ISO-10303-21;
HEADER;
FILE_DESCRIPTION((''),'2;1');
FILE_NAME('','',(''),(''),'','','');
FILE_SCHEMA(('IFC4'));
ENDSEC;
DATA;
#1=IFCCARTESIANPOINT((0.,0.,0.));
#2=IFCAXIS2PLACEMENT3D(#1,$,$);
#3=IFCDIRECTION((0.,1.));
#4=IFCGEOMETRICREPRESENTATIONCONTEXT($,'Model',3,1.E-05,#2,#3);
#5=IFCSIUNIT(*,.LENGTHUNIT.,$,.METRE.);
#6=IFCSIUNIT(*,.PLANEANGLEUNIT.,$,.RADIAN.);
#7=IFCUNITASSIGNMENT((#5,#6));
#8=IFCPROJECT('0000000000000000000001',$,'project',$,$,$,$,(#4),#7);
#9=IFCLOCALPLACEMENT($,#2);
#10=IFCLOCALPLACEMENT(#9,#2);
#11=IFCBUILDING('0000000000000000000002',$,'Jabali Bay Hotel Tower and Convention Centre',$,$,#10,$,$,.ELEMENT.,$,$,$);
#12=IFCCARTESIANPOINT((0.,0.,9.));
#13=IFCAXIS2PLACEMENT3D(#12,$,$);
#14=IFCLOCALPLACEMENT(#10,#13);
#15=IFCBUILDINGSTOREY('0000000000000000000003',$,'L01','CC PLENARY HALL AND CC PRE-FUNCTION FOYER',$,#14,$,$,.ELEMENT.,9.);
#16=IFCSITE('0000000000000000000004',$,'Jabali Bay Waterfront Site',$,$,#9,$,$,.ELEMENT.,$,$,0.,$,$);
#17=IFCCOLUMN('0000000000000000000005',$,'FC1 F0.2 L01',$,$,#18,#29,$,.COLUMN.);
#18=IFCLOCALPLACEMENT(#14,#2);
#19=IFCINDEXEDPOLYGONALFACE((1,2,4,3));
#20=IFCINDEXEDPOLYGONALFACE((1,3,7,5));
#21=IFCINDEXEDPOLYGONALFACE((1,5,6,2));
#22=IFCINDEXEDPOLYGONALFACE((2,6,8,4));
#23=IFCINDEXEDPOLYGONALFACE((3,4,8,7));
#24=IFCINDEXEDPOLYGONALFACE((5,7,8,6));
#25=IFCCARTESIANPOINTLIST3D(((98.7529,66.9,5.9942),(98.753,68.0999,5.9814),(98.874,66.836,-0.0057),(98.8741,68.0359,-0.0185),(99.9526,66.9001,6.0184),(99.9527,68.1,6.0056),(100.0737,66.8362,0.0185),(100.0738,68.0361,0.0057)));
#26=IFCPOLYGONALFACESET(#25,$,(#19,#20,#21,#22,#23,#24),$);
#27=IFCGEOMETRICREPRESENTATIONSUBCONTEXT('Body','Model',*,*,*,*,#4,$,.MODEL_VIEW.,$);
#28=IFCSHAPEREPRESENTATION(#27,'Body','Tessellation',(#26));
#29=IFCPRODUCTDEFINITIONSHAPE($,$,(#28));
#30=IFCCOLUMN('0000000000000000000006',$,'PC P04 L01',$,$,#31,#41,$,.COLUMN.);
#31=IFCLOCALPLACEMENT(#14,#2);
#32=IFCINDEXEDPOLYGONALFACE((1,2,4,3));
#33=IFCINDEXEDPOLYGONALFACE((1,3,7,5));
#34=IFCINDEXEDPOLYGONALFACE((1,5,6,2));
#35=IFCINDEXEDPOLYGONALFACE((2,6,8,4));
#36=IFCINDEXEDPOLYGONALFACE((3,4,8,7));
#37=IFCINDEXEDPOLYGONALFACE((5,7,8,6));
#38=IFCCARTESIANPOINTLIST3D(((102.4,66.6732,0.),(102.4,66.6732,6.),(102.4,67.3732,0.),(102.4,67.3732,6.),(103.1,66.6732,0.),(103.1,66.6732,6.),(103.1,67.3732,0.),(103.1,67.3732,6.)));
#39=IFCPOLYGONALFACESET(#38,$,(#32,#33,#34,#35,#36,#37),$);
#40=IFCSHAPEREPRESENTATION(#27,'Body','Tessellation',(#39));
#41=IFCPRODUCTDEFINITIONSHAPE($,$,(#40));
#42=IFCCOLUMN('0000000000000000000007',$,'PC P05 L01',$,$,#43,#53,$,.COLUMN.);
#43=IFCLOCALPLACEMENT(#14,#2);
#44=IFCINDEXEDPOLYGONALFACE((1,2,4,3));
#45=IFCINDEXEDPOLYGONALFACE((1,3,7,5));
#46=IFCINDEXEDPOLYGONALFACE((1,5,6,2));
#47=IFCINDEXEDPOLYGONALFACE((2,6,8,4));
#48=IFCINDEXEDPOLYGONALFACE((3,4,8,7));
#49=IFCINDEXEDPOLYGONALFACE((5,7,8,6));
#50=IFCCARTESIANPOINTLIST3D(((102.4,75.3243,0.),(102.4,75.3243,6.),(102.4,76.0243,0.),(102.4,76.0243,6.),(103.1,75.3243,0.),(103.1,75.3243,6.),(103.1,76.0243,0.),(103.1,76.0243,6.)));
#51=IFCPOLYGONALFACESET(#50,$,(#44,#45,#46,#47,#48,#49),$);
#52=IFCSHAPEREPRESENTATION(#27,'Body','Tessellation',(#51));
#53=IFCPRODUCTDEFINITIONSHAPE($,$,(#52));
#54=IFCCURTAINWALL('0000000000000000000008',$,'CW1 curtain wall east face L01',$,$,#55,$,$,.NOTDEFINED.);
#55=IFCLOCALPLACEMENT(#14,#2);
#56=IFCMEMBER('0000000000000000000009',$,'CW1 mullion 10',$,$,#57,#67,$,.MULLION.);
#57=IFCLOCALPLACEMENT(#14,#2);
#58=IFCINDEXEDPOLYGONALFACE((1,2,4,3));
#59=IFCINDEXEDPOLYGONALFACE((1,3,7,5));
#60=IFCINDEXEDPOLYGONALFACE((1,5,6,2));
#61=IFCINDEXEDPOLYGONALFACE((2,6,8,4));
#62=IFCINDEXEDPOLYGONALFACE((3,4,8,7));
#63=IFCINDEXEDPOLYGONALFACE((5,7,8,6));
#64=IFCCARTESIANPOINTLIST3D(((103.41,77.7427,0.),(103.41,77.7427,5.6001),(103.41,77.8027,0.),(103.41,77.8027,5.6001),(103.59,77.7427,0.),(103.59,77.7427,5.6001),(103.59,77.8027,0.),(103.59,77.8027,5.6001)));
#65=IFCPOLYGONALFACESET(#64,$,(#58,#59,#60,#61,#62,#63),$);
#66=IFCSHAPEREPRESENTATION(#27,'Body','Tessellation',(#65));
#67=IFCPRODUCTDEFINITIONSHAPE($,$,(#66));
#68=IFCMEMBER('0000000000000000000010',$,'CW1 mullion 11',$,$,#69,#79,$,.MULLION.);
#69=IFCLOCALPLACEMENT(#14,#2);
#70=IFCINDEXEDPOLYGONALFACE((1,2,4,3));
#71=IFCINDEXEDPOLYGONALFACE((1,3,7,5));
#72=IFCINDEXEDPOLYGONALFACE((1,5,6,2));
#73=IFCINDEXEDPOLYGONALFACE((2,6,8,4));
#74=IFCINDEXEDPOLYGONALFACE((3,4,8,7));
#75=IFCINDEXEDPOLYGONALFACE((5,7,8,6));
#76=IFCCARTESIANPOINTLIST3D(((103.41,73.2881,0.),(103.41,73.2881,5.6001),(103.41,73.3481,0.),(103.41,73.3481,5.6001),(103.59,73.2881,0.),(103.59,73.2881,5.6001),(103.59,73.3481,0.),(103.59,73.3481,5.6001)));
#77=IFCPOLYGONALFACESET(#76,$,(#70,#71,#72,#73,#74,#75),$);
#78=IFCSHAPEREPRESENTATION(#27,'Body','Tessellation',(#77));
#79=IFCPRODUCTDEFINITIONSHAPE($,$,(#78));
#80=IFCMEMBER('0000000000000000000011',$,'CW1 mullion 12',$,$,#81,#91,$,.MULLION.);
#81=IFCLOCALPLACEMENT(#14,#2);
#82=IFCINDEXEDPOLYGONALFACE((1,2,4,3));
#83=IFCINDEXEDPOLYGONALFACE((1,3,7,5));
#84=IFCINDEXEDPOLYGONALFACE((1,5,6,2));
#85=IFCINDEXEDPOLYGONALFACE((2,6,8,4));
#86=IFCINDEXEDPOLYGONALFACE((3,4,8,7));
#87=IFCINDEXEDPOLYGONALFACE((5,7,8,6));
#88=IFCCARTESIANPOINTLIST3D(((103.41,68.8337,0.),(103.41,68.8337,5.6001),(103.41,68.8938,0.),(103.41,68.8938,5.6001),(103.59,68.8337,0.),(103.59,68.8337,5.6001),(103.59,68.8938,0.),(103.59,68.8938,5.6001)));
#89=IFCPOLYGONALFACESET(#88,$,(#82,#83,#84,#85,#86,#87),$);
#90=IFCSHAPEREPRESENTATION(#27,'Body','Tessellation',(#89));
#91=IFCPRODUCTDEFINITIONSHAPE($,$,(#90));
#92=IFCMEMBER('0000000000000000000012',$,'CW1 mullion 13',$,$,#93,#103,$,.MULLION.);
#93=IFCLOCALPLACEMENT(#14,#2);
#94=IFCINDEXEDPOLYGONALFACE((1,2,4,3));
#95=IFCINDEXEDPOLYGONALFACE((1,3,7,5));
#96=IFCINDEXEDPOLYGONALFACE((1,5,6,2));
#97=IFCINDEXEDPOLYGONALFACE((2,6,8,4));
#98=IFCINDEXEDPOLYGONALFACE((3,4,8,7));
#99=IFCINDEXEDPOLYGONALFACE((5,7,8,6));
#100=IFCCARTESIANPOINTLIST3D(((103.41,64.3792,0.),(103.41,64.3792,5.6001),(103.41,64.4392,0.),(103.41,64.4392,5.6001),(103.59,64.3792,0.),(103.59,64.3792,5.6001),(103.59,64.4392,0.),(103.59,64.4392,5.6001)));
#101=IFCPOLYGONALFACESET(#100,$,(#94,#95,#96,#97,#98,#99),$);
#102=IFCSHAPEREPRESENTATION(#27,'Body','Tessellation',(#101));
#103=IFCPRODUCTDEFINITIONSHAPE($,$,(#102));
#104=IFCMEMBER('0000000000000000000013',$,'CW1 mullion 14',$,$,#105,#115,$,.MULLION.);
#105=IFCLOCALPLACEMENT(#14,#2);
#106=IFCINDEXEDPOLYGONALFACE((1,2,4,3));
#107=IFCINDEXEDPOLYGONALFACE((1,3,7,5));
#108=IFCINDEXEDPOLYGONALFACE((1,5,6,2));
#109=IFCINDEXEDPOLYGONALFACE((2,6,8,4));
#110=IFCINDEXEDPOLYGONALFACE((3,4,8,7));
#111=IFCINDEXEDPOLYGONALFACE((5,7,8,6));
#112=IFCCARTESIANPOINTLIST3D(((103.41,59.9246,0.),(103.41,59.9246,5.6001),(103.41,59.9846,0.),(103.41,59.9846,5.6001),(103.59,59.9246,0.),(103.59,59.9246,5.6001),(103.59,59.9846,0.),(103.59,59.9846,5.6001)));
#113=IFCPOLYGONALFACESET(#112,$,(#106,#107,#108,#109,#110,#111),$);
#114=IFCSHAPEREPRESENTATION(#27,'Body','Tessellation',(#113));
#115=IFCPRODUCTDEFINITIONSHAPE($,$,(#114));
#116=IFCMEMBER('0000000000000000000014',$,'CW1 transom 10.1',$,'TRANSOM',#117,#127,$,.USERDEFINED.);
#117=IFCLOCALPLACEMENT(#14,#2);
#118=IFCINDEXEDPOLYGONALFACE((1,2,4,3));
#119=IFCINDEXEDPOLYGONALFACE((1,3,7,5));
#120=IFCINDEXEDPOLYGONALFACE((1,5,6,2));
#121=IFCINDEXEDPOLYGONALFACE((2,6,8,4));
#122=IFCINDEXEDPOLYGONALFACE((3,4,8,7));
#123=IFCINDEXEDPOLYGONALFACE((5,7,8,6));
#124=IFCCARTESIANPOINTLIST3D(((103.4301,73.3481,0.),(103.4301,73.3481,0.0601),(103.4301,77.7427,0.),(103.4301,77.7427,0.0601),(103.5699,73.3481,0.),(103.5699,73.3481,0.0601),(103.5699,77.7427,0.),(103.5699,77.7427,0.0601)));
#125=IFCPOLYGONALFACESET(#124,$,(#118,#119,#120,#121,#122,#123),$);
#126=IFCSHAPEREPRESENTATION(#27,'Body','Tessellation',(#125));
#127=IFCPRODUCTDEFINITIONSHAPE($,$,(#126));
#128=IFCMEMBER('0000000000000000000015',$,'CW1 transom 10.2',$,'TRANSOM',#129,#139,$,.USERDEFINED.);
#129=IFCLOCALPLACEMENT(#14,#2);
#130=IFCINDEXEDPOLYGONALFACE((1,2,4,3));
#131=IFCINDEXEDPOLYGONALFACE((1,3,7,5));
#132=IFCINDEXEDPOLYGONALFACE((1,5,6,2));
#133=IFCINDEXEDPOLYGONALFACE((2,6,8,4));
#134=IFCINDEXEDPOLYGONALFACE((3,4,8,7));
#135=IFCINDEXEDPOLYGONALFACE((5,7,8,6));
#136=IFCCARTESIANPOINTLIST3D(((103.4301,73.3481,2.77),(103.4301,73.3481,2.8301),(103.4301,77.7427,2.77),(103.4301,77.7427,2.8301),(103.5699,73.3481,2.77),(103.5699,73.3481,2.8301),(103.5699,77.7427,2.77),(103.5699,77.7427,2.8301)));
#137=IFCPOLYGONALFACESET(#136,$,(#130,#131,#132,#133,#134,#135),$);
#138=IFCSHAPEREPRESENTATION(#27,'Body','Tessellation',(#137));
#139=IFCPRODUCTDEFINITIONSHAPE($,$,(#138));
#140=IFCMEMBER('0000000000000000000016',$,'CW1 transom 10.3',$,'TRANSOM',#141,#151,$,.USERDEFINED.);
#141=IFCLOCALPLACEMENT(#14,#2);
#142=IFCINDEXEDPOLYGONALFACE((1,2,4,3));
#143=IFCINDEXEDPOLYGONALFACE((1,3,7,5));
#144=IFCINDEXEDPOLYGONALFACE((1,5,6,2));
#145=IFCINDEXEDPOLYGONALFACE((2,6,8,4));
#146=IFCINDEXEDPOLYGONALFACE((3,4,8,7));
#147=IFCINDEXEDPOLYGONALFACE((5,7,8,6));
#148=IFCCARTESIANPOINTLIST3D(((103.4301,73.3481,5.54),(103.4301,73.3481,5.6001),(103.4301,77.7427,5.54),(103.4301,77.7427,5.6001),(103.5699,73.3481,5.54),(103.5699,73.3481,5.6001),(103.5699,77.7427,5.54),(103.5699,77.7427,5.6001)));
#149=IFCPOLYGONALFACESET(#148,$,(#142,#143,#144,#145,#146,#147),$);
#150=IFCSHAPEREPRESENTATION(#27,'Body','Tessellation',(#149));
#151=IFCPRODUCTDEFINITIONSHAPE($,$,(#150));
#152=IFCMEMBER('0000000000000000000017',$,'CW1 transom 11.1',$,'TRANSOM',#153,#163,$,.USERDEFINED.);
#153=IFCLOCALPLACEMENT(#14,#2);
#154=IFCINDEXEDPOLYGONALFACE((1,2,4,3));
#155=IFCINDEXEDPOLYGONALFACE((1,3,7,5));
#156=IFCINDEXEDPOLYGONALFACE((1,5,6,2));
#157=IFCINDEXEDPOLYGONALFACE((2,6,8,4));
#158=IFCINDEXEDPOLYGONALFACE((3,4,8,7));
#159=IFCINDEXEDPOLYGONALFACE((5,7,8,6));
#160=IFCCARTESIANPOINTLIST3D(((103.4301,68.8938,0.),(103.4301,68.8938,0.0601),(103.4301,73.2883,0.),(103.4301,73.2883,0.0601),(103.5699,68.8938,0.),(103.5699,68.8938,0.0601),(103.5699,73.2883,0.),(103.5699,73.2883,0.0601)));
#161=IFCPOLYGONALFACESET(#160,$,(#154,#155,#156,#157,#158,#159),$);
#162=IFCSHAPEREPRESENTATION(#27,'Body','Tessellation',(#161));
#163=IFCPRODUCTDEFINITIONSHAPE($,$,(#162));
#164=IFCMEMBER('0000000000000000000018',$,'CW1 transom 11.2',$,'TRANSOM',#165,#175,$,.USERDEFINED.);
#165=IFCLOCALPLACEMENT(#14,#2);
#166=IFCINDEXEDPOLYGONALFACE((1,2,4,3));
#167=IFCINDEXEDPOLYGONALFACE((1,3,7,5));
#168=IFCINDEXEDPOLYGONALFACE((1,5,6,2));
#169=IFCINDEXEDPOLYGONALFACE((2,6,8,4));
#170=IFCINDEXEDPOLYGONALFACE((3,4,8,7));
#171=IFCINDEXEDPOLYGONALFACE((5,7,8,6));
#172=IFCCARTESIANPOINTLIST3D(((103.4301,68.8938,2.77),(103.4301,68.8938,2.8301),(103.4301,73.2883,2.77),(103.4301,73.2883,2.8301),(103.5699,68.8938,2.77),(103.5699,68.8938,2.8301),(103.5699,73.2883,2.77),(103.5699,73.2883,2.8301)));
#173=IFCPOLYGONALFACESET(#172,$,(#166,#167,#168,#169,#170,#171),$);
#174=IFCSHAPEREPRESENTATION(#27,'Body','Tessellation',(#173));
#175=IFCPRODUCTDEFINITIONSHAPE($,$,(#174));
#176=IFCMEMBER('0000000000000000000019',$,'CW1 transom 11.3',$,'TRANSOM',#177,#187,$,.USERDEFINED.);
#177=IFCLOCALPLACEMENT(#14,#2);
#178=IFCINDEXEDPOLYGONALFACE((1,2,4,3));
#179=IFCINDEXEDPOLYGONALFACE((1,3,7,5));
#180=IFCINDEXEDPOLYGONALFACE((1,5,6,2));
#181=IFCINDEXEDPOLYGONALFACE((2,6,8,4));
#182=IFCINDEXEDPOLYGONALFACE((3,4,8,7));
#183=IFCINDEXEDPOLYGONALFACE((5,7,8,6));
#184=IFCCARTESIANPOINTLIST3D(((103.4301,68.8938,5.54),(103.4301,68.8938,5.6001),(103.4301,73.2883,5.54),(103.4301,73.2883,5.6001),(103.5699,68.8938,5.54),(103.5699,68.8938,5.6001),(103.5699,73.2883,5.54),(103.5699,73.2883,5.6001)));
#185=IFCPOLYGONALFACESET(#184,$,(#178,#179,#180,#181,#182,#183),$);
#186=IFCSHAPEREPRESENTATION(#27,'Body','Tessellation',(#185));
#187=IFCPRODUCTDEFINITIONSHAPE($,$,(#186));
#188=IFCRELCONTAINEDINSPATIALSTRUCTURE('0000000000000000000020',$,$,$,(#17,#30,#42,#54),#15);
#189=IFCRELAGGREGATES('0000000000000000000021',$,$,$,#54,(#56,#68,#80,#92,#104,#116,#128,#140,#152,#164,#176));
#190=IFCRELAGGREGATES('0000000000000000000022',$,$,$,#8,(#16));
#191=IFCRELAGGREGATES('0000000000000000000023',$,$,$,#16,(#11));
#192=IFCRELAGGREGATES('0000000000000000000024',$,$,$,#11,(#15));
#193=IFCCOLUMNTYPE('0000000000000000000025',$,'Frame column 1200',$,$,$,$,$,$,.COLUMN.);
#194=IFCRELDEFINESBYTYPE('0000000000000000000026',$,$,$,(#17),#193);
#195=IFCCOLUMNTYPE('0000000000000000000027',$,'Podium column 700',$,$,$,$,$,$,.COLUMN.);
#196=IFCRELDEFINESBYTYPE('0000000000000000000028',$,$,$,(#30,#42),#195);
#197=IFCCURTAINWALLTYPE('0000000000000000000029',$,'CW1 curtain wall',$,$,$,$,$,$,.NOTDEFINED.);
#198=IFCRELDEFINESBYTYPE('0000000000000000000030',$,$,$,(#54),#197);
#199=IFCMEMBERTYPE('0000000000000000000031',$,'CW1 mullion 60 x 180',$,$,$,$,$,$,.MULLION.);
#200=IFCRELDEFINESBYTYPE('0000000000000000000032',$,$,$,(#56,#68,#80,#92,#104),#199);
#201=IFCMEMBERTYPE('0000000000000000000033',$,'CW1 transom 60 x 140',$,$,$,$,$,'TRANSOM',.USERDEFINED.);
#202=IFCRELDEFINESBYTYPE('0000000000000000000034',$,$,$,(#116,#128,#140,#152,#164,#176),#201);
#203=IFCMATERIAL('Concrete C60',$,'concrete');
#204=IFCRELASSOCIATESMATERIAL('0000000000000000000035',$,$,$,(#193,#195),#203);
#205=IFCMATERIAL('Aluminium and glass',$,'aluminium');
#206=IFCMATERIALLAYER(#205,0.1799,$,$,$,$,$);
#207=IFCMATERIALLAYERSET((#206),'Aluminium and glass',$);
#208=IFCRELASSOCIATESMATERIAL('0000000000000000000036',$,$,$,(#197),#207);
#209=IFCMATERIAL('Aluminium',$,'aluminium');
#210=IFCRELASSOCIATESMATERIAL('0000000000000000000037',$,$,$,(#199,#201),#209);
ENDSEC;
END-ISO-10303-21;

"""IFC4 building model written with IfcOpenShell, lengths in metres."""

from ifc_helpers import new_model, si_unit, direction, frame, origin, origin_2d, place, context, subcontext, project, spatial, rectangle, extrude, material, layer, layer_set, material_profile, profile_set, type_object, element, aggregate, save


model = new_model("IFC4")

# Units and contexts
model_context = context("Model", 3, precision=1e-05, world=origin(), true_north=direction((0.0, 1.0)))
body_context = subcontext(model_context, "Body", "Model", "MODEL_VIEW")
ifc_project = project(units=[si_unit("LENGTHUNIT", "METRE"), si_unit("PLANEANGLEUNIT", "RADIAN")], contexts=[model_context])

# Site, building, storey
site_placement = place(None, origin())
site = spatial("IfcSite", under=ifc_project, at=site_placement, Name="Jabali Bay Waterfront Site", CompositionType="ELEMENT", RefElevation=0.0)
building_placement = place(site_placement, origin())
building = spatial("IfcBuilding", under=site, at=building_placement, Name="Jabali Bay Hotel Tower and Convention Centre", CompositionType="ELEMENT")
storey_placement = place(building_placement, frame((0.0, 0.0, 9.0)))
storey = spatial("IfcBuildingStorey", under=building, at=storey_placement, Name="L01", Description="CC PLENARY HALL AND CC PRE-FUNCTION FOYER", CompositionType="ELEMENT", Elevation=9.0)

# Columns
ifc_material_1 = material(Name="Concrete C60", Category="concrete")
ifc_material_profile_1 = material_profile(ifc_material_1, rectangle(XDim=1.2, YDim=1.2, at=origin_2d()), Name="Frame column 1200")
ifc_profile_set_1 = profile_set([ifc_material_profile_1], Name="Concrete C60")
column_type_1 = type_object("IfcColumnType", Name="Frame column 1200", PredefinedType="COLUMN", material=ifc_profile_set_1)
column_placement = place(storey_placement, frame((99.4739, 67.436, 0.0), z_axis=(-0.020177, 0.010658, 0.99974), x_axis=(-0.000089, -0.999943, 0.010658)))
element("IfcColumn", 1, at=column_placement, inside=storey, type_object=column_type_1, Name="FC1 F0.2 L01", PredefinedType="COLUMN", context=body_context, shape_type="SweptSolid", body=[
    extrude(rectangle(XDim=1.2, YDim=1.2, at=origin_2d()), origin(), (0.0, 0.0, 1.0), 6.0015),
])
ifc_material_profile_2 = material_profile(ifc_material_1, rectangle(XDim=0.7, YDim=0.7, at=origin_2d()), Name="Podium column 700")
ifc_profile_set_2 = profile_set([ifc_material_profile_2], Name="Concrete C60")
column_type_2 = type_object("IfcColumnType", Name="Podium column 700", PredefinedType="COLUMN", material=ifc_profile_set_2)
for number, where, z_axis, x_axis, name in (
    (2, (102.75, 67.0232, 0.0), (0.0, 0.0, 1.0), (1.0, 0.0, 0.0), "PC P04 L01"),
    (3, (102.75, 75.6743, 0.0), (0.0, 0.0, 1.0), (1.0, 0.0, 0.0), "PC P05 L01"),
):
    element("IfcColumn", number, at=place(storey_placement, frame(where, z_axis=z_axis, x_axis=x_axis)), inside=storey, type_object=column_type_2, Name=name, PredefinedType="COLUMN", context=body_context, shape_type="SweptSolid", body=[
        extrude(rectangle(XDim=0.7, YDim=0.7, at=origin_2d()), origin(), (0.0, 0.0, 1.0), 6.0),
    ])

# Curtain wall, members
ifc_material_2 = material(Name="Aluminium and glass", Category="aluminium")
ifc_layer_1 = layer(ifc_material_2, 0.1799)
ifc_layer_set_1 = layer_set([ifc_layer_1], Name="Aluminium and glass")
curtain_wall_type = type_object("IfcCurtainWallType", Name="CW1 curtain wall", PredefinedType="NOTDEFINED", material=ifc_layer_set_1)
curtain_wall_placement = place(storey_placement, origin())
curtain_wall = element("IfcCurtainWall", 4, at=curtain_wall_placement, inside=storey, type_object=curtain_wall_type, Name="CW1 curtain wall east face L01", PredefinedType="NOTDEFINED")
ifc_material_3 = material(Name="Aluminium", Category="aluminium")
ifc_material_profile_3 = material_profile(ifc_material_3, rectangle(XDim=0.1799, YDim=0.0601, at=origin_2d()), Name="CW1 mullion 60 x 180")
ifc_profile_set_3 = profile_set([ifc_material_profile_3], Name="Aluminium")
member_type_1 = type_object("IfcMemberType", Name="CW1 mullion 60 x 180", PredefinedType="MULLION", material=ifc_profile_set_3)
member_1_placement = place(storey_placement, frame((103.5, 77.7727, 0.0), z_axis=(0.0, 0.0, 1.0), x_axis=(1.0, 0.0, 0.0)))
member_1 = element("IfcMember", 5, at=member_1_placement, type_object=member_type_1, Name="CW1 mullion 10", PredefinedType="MULLION", context=body_context, shape_type="SweptSolid", body=[
    extrude(rectangle(XDim=0.1799, YDim=0.0601, at=origin_2d()), origin(), (0.0, 0.0, 1.0), 5.6001),
])
member_2_placement = place(storey_placement, frame((103.5, 73.3181, 0.0), z_axis=(0.0, 0.0, 1.0), x_axis=(1.0, 0.0, 0.0)))
member_2 = element("IfcMember", 6, at=member_2_placement, type_object=member_type_1, Name="CW1 mullion 11", PredefinedType="MULLION", context=body_context, shape_type="SweptSolid", body=[
    extrude(rectangle(XDim=0.1799, YDim=0.0601, at=origin_2d()), origin(), (0.0, 0.0, 1.0), 5.6001),
])
member_3_placement = place(storey_placement, frame((103.5, 68.8638, 0.0), z_axis=(0.0, 0.0, 1.0), x_axis=(1.0, 0.0, 0.0)))
member_3 = element("IfcMember", 7, at=member_3_placement, type_object=member_type_1, Name="CW1 mullion 12", PredefinedType="MULLION", context=body_context, shape_type="SweptSolid", body=[
    extrude(rectangle(XDim=0.1799, YDim=0.0601, at=origin_2d()), origin(), (0.0, 0.0, 1.0), 5.6001),
])
member_4_placement = place(storey_placement, frame((103.5, 64.4092, 0.0), z_axis=(0.0, 0.0, 1.0), x_axis=(1.0, 0.0, 0.0)))
member_4 = element("IfcMember", 8, at=member_4_placement, type_object=member_type_1, Name="CW1 mullion 13", PredefinedType="MULLION", context=body_context, shape_type="SweptSolid", body=[
    extrude(rectangle(XDim=0.1799, YDim=0.0601, at=origin_2d()), origin(), (0.0, 0.0, 1.0), 5.6001),
])
member_5_placement = place(storey_placement, frame((103.5, 59.9546, 0.0), z_axis=(0.0, 0.0, 1.0), x_axis=(1.0, 0.0, 0.0)))
member_5 = element("IfcMember", 9, at=member_5_placement, type_object=member_type_1, Name="CW1 mullion 14", PredefinedType="MULLION", context=body_context, shape_type="SweptSolid", body=[
    extrude(rectangle(XDim=0.1799, YDim=0.0601, at=origin_2d()), origin(), (0.0, 0.0, 1.0), 5.6001),
])
ifc_material_profile_4 = material_profile(ifc_material_3, rectangle(XDim=0.1399, YDim=0.0601, at=origin_2d()), Name="CW1 transom 60 x 140")
ifc_profile_set_4 = profile_set([ifc_material_profile_4], Name="Aluminium")
member_type_2 = type_object("IfcMemberType", Name="CW1 transom 60 x 140", ElementType="TRANSOM", PredefinedType="USERDEFINED", material=ifc_profile_set_4)
member_6_placement = place(storey_placement, frame((103.5, 77.7427, 0.03), z_axis=(0.0, -1.0, 0.0), x_axis=(1.0, 0.0, 0.0)))
member_6 = element("IfcMember", 10, at=member_6_placement, type_object=member_type_2, Name="CW1 transom 10.1", ObjectType="TRANSOM", PredefinedType="USERDEFINED", context=body_context, shape_type="SweptSolid", body=[
    extrude(rectangle(XDim=0.1399, YDim=0.0601, at=origin_2d()), origin(), (0.0, 0.0, 1.0), 4.3945),
])
member_7_placement = place(storey_placement, frame((103.5, 77.7427, 2.8), z_axis=(0.0, -1.0, 0.0), x_axis=(1.0, 0.0, 0.0)))
member_7 = element("IfcMember", 11, at=member_7_placement, type_object=member_type_2, Name="CW1 transom 10.2", ObjectType="TRANSOM", PredefinedType="USERDEFINED", context=body_context, shape_type="SweptSolid", body=[
    extrude(rectangle(XDim=0.1399, YDim=0.0601, at=origin_2d()), origin(), (0.0, 0.0, 1.0), 4.3945),
])
member_8_placement = place(storey_placement, frame((103.5, 77.7427, 5.5701), z_axis=(0.0, -1.0, 0.0), x_axis=(1.0, 0.0, 0.0)))
member_8 = element("IfcMember", 12, at=member_8_placement, type_object=member_type_2, Name="CW1 transom 10.3", ObjectType="TRANSOM", PredefinedType="USERDEFINED", context=body_context, shape_type="SweptSolid", body=[
    extrude(rectangle(XDim=0.1399, YDim=0.0601, at=origin_2d()), origin(), (0.0, 0.0, 1.0), 4.3945),
])
member_9_placement = place(storey_placement, frame((103.5, 73.2883, 0.03), z_axis=(0.0, -1.0, 0.0), x_axis=(1.0, 0.0, 0.0)))
member_9 = element("IfcMember", 13, at=member_9_placement, type_object=member_type_2, Name="CW1 transom 11.1", ObjectType="TRANSOM", PredefinedType="USERDEFINED", context=body_context, shape_type="SweptSolid", body=[
    extrude(rectangle(XDim=0.1399, YDim=0.0601, at=origin_2d()), origin(), (0.0, 0.0, 1.0), 4.3945),
])
member_10_placement = place(storey_placement, frame((103.5, 73.2883, 2.8), z_axis=(0.0, -1.0, 0.0), x_axis=(1.0, 0.0, 0.0)))
member_10 = element("IfcMember", 14, at=member_10_placement, type_object=member_type_2, Name="CW1 transom 11.2", ObjectType="TRANSOM", PredefinedType="USERDEFINED", context=body_context, shape_type="SweptSolid", body=[
    extrude(rectangle(XDim=0.1399, YDim=0.0601, at=origin_2d()), origin(), (0.0, 0.0, 1.0), 4.3945),
])
member_11_placement = place(storey_placement, frame((103.5, 73.2883, 5.5701), z_axis=(0.0, -1.0, 0.0), x_axis=(1.0, 0.0, 0.0)))
member_11 = element("IfcMember", 15, at=member_11_placement, type_object=member_type_2, Name="CW1 transom 11.3", ObjectType="TRANSOM", PredefinedType="USERDEFINED", context=body_context, shape_type="SweptSolid", body=[
    extrude(rectangle(XDim=0.1399, YDim=0.0601, at=origin_2d()), origin(), (0.0, 0.0, 1.0), 4.3945),
])
aggregate(curtain_wall, [member_1, member_2, member_3, member_4, member_5, member_6, member_7, member_8, member_9, member_10, member_11])

save(model, "model.ifc")
